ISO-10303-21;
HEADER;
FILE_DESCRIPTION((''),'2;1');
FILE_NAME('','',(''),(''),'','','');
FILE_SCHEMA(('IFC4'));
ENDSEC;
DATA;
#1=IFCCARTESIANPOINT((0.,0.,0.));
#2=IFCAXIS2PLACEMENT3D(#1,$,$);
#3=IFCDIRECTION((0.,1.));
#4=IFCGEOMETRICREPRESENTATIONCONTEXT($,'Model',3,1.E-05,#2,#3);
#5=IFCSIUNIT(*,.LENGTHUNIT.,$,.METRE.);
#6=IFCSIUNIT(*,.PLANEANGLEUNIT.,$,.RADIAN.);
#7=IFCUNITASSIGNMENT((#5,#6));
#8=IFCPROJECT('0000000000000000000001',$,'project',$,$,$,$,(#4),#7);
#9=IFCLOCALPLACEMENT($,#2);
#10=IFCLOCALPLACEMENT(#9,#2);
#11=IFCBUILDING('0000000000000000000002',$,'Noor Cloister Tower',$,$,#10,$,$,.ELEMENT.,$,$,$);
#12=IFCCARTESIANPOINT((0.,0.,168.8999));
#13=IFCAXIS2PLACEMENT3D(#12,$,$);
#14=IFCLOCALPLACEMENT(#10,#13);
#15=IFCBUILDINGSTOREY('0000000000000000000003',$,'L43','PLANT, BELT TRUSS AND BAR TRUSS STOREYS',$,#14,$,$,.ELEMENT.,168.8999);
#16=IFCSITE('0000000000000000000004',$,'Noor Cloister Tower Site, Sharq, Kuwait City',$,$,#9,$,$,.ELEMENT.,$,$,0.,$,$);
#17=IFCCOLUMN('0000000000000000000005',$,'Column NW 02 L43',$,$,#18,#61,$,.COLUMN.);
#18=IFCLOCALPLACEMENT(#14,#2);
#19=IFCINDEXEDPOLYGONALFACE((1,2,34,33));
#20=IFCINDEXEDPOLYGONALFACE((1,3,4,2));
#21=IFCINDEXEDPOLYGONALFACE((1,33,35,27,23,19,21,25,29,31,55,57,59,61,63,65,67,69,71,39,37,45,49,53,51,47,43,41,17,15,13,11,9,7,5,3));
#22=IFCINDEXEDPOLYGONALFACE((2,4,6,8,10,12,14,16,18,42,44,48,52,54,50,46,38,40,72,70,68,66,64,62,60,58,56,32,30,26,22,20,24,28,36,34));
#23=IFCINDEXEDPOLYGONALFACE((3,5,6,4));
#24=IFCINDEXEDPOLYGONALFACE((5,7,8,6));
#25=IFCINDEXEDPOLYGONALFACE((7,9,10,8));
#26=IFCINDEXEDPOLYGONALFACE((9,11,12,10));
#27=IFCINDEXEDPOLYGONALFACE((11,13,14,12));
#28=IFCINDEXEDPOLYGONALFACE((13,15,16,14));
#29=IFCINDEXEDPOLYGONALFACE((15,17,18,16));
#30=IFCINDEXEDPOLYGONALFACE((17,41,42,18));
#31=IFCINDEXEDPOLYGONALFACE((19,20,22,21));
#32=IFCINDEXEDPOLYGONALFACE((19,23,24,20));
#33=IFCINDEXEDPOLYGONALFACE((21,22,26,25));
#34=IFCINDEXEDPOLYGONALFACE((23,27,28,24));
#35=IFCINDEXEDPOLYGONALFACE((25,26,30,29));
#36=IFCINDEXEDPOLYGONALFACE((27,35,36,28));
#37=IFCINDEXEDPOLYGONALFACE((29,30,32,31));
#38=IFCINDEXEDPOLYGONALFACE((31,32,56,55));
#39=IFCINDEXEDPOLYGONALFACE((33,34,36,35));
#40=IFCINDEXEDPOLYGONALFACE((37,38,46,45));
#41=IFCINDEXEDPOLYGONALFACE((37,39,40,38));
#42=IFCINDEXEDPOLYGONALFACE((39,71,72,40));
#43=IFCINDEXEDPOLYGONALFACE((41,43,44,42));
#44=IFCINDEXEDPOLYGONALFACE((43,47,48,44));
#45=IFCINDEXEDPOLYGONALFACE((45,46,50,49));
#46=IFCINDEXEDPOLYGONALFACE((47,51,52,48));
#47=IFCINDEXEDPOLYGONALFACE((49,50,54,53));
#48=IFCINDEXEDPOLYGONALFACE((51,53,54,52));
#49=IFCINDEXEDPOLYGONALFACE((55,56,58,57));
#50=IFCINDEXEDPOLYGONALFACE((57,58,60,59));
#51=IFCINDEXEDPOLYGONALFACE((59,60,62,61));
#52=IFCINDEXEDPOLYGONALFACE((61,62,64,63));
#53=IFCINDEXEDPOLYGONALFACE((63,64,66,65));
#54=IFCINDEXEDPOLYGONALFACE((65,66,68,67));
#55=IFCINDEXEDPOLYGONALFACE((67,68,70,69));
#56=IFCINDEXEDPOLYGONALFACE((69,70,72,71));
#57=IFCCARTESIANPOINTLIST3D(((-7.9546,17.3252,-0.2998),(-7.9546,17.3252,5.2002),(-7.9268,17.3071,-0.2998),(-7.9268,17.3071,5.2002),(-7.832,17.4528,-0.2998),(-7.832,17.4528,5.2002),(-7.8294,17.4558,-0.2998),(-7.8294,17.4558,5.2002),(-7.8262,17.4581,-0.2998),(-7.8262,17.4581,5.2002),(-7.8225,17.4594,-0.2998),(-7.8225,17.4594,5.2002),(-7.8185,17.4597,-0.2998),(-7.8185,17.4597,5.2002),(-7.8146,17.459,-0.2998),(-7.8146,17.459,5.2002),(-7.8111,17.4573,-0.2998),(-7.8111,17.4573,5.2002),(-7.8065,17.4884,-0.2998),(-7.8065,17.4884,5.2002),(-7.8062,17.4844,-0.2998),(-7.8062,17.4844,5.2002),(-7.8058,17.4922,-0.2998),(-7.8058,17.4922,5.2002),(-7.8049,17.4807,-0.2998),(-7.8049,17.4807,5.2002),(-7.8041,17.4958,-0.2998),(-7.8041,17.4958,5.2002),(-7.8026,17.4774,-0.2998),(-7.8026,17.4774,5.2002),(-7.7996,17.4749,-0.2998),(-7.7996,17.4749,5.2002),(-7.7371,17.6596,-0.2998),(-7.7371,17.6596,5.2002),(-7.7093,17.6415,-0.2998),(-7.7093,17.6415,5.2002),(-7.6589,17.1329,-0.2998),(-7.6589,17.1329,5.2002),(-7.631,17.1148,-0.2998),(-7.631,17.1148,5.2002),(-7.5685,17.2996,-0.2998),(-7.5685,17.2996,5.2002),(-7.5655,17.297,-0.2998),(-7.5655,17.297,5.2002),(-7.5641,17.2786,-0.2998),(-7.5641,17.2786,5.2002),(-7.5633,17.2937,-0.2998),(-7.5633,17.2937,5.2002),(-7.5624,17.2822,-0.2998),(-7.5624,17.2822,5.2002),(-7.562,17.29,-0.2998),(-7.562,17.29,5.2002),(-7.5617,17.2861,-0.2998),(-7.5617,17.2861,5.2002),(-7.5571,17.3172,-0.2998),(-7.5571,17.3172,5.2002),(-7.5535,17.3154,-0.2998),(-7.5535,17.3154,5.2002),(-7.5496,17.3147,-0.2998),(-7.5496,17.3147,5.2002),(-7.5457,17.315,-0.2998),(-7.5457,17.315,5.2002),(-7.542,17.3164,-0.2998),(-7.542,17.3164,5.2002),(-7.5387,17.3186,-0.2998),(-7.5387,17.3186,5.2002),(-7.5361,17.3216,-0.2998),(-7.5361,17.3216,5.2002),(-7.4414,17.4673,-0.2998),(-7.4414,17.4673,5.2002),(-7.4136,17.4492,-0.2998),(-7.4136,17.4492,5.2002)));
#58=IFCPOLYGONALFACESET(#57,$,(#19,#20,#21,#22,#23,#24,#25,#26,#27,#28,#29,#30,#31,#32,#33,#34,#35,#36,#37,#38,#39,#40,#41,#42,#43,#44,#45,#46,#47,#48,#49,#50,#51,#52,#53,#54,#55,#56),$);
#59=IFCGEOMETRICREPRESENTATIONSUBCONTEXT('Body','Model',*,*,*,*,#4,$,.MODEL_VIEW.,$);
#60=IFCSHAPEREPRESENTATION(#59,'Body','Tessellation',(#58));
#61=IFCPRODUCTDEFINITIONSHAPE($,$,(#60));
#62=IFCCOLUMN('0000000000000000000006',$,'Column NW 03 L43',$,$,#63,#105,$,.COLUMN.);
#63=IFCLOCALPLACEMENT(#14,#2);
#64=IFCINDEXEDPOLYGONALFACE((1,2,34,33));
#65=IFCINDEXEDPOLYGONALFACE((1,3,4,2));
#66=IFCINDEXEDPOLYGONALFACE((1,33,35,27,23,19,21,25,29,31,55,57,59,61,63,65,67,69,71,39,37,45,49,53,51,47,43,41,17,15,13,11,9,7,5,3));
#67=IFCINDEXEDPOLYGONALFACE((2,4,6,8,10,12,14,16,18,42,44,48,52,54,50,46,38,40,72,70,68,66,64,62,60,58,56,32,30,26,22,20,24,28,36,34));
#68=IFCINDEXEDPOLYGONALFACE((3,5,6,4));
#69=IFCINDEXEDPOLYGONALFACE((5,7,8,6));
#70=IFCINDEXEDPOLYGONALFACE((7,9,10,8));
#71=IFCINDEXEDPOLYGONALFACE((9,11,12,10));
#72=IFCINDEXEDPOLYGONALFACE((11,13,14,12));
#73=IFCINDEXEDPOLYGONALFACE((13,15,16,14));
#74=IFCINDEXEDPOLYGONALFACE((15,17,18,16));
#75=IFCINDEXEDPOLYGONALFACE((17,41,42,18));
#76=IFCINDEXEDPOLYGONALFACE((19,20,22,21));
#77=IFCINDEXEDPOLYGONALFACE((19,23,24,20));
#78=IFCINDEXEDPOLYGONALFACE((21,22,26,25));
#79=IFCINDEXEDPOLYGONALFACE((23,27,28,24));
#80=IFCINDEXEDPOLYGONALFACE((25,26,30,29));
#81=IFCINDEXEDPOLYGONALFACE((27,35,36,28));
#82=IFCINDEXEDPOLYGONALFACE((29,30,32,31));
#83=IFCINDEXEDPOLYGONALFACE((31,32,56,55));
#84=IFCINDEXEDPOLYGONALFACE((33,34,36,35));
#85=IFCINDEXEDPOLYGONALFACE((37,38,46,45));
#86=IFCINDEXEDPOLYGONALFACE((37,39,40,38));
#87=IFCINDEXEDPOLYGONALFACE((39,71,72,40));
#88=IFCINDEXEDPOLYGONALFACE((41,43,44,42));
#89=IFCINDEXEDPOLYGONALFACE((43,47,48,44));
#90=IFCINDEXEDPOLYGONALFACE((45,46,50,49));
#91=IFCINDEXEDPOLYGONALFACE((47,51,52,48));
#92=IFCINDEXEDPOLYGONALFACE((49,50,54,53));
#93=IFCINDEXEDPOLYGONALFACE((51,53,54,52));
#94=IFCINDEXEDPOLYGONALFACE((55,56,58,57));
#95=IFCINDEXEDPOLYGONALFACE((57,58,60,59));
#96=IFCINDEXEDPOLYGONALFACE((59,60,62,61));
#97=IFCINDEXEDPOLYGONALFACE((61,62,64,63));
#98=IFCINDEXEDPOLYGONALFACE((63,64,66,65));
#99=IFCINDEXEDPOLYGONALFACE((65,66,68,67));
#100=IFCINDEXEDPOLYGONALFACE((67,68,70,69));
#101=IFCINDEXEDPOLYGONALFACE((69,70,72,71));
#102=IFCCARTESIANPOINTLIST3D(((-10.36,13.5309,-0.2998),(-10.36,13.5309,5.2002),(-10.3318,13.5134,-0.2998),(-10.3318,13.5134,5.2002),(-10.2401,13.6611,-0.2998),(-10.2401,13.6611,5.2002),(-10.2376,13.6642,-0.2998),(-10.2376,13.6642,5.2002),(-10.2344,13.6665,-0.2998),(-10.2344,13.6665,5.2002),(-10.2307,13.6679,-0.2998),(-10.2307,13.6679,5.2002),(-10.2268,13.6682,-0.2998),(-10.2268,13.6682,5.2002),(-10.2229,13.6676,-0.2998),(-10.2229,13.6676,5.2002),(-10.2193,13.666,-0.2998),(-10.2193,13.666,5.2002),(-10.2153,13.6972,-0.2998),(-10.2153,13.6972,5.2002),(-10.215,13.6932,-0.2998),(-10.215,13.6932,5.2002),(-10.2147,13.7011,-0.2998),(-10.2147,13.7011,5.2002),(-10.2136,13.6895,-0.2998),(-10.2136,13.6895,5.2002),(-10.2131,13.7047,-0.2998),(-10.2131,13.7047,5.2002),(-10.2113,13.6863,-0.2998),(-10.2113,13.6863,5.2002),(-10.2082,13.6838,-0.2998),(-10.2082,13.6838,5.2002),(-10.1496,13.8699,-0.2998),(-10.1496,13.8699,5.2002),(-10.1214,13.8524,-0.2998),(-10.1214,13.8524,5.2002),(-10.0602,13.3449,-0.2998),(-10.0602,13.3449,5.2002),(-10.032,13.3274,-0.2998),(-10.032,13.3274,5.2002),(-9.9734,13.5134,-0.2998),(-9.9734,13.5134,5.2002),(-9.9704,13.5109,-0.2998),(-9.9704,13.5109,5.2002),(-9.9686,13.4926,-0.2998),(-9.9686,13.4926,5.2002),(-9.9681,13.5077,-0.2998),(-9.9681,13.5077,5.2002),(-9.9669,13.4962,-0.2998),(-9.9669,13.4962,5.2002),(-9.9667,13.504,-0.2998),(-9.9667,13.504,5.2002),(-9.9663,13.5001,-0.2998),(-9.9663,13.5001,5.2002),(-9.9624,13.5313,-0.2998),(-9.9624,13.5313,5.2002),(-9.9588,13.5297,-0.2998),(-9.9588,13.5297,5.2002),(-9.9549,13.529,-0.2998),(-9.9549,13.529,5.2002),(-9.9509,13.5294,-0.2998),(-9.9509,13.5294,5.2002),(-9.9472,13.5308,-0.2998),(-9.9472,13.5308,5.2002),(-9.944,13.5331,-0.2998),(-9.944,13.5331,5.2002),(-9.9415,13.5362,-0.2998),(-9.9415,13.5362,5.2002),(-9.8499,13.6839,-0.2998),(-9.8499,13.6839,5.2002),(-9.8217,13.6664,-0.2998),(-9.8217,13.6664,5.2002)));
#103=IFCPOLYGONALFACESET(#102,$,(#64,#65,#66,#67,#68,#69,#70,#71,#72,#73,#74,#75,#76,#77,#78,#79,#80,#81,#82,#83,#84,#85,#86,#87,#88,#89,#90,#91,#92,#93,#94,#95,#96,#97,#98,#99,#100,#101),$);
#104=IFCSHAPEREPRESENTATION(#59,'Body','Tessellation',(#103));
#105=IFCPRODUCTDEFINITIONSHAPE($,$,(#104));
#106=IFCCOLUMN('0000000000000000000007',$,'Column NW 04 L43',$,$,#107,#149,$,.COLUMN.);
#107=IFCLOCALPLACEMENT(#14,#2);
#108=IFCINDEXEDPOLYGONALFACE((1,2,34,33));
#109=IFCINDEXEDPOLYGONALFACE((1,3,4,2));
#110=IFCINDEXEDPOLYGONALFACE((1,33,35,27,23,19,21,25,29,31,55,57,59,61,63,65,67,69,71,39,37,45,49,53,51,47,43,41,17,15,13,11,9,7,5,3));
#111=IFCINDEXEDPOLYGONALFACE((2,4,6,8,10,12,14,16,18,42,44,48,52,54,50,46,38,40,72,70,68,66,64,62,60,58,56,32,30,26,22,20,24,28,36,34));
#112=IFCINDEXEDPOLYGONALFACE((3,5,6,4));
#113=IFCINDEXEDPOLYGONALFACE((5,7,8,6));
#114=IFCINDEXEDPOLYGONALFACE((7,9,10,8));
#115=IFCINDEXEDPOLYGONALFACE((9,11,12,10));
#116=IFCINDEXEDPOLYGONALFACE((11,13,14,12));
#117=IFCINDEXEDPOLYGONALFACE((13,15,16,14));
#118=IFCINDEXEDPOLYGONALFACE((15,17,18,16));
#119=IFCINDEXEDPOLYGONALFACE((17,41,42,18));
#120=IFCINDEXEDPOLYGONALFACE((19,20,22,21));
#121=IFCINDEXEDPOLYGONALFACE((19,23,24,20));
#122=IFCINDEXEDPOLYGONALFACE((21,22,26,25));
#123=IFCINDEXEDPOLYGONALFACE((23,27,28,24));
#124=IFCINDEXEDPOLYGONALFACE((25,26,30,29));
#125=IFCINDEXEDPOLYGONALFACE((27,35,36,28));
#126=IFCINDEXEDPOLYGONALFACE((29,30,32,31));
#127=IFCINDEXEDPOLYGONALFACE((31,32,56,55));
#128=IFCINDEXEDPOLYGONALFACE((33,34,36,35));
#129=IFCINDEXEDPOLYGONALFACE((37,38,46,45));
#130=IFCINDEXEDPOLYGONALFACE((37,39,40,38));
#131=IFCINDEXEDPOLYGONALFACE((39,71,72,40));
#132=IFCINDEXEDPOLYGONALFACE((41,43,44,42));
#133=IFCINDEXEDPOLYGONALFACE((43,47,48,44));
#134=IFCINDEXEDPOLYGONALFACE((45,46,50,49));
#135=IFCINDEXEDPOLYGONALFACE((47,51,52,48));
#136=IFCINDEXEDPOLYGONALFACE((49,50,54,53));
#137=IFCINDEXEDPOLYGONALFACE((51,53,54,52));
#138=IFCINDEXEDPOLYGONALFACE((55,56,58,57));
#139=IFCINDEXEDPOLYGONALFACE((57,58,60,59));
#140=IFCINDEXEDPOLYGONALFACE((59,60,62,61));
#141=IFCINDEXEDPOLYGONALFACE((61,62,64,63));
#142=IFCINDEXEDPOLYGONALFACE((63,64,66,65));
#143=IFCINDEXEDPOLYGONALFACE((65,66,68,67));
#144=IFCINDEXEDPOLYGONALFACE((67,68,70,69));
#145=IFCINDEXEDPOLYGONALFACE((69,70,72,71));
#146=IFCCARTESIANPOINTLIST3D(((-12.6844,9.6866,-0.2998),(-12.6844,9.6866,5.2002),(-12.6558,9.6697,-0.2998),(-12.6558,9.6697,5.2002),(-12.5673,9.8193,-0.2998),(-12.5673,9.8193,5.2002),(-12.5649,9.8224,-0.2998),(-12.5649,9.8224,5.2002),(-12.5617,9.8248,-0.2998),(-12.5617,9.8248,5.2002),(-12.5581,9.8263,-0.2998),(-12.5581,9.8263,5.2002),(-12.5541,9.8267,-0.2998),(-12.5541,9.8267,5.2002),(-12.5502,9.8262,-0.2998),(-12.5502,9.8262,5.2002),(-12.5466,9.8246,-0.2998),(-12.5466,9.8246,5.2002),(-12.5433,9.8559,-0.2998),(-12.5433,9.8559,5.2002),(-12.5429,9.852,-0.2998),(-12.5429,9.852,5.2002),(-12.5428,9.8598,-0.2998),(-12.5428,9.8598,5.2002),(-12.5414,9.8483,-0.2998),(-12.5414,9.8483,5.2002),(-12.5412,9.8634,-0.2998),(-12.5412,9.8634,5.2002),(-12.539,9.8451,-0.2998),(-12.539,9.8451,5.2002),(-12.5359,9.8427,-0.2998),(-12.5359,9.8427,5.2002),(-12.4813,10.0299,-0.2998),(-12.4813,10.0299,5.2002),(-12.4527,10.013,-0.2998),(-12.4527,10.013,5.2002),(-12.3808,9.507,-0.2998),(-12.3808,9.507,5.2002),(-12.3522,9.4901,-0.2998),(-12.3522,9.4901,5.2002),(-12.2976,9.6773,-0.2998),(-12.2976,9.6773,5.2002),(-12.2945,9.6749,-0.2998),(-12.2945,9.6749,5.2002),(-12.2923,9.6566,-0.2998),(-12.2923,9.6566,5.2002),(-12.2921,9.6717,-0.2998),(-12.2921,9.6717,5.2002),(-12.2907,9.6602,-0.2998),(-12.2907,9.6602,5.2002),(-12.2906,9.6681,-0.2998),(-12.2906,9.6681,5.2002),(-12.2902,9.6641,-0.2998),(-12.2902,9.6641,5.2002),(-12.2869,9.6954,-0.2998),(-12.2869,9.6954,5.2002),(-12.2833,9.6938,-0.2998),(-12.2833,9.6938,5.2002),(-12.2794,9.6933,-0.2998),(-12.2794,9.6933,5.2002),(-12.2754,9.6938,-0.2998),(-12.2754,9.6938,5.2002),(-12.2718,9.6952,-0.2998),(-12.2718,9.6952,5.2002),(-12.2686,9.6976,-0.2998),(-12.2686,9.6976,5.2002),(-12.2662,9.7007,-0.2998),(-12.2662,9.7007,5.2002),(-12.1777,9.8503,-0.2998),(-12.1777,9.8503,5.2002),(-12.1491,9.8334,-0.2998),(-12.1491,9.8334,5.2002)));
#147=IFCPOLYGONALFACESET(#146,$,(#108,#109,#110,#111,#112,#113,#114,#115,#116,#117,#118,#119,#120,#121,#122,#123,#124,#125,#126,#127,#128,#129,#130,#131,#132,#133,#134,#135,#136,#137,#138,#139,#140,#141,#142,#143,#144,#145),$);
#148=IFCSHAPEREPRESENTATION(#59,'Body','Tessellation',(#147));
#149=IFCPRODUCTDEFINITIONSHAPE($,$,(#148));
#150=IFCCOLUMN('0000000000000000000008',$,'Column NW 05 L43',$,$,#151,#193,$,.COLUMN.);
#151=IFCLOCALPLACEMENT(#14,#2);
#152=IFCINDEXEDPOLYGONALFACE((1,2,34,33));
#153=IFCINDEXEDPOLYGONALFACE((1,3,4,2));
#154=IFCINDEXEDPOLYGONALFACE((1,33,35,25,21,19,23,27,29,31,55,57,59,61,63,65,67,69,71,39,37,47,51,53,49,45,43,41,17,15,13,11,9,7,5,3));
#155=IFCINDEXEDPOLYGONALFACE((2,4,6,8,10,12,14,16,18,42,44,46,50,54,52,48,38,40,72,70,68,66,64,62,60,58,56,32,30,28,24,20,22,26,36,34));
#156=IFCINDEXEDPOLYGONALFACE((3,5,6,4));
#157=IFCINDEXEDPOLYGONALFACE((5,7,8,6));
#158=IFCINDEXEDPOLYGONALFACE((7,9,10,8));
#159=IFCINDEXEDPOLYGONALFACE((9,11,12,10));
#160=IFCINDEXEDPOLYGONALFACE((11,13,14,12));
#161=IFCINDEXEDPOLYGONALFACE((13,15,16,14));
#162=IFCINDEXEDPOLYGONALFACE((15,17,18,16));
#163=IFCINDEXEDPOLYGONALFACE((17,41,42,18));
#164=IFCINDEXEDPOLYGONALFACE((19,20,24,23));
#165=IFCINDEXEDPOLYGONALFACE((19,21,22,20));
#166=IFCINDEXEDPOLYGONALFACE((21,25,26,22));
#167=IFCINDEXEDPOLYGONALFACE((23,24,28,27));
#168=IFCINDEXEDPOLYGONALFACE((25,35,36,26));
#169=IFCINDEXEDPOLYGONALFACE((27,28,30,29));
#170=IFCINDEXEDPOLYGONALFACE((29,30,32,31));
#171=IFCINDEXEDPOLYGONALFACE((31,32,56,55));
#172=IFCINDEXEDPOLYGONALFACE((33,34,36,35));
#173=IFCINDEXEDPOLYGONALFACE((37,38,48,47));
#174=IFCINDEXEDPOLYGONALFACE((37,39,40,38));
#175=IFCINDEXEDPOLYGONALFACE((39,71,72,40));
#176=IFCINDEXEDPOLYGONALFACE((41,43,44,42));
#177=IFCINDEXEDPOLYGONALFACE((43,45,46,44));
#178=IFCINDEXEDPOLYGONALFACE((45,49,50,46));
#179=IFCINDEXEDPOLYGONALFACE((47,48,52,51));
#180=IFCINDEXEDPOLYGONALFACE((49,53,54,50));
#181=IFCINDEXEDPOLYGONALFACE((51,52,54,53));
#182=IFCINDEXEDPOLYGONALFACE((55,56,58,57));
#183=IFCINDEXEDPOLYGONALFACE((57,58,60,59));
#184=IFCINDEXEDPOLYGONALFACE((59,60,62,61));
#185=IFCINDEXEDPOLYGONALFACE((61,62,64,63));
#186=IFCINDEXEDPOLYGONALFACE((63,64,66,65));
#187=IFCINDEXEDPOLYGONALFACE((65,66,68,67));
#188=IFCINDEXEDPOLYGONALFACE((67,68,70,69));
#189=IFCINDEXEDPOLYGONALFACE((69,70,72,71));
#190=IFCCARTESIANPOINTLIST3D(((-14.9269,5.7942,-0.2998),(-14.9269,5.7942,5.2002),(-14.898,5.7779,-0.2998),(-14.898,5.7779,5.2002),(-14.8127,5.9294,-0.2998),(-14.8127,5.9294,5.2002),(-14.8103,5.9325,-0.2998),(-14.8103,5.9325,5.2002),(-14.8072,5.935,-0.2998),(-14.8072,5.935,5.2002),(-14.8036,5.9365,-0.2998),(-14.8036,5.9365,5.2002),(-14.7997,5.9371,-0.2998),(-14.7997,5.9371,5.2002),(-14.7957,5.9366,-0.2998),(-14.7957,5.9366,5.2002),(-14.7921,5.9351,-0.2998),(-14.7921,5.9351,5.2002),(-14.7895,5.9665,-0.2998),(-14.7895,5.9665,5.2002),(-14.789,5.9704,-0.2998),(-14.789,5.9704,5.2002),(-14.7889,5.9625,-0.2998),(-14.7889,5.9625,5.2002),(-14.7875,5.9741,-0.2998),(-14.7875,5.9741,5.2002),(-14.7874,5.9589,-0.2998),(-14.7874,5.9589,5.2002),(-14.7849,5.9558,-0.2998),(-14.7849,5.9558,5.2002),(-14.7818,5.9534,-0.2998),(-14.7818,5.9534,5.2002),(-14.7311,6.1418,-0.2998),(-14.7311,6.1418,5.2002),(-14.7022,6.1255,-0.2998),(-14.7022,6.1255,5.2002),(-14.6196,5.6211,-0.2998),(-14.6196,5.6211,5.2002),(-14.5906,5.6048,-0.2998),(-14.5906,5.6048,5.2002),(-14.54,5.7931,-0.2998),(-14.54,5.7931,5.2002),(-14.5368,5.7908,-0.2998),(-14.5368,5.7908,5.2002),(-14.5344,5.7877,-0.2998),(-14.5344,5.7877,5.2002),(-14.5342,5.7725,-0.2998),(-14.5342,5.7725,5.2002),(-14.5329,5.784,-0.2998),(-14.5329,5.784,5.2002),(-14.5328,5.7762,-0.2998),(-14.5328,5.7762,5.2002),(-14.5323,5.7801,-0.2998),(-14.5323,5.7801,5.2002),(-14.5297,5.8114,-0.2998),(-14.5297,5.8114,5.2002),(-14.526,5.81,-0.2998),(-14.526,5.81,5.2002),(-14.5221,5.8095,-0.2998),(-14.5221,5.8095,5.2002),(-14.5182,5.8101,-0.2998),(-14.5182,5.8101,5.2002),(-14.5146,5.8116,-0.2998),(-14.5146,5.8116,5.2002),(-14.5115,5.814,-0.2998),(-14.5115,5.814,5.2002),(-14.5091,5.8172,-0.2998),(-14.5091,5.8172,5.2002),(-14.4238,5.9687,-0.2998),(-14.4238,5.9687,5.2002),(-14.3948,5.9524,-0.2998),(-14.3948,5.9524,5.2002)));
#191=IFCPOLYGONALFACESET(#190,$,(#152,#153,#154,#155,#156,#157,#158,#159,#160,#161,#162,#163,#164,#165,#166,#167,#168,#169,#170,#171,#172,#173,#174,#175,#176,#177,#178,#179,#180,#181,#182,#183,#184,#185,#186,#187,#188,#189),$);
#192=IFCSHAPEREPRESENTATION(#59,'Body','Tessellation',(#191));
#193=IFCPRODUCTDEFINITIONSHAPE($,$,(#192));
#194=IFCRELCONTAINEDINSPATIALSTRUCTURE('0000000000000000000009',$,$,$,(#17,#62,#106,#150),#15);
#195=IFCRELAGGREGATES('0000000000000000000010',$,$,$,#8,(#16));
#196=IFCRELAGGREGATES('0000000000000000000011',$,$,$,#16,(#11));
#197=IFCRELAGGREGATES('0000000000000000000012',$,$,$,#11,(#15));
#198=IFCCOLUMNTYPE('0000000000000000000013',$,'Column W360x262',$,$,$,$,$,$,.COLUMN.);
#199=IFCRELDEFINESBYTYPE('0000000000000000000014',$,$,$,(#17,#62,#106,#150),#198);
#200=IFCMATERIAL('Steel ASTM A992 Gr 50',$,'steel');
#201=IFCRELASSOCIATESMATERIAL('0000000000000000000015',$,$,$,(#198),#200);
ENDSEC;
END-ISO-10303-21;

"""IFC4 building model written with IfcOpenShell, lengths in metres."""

from ifc_helpers import new_model, si_unit, direction, frame, origin, origin_2d, place, context, subcontext, project, spatial, i_section, extrude, material, material_profile, profile_set, type_object, element, save


model = new_model("IFC4")

# Units and contexts
model_context = context("Model", 3, precision=1e-05, world=origin(), true_north=direction((0.0, 1.0)))
body_context = subcontext(model_context, "Body", "Model", "MODEL_VIEW")
ifc_project = project(units=[si_unit("LENGTHUNIT", "METRE"), si_unit("PLANEANGLEUNIT", "RADIAN")], contexts=[model_context])

# Site, building, storey
site_placement = place(None, origin())
site = spatial("IfcSite", under=ifc_project, at=site_placement, Name="Noor Cloister Tower Site, Sharq, Kuwait City", CompositionType="ELEMENT", RefElevation=0.0)
building_placement = place(site_placement, origin())
building = spatial("IfcBuilding", under=site, at=building_placement, Name="Noor Cloister Tower", CompositionType="ELEMENT")
storey_placement = place(building_placement, frame((0.0, 0.0, 168.8999)))
storey = spatial("IfcBuildingStorey", under=building, at=storey_placement, Name="L43", Description="PLANT, BELT TRUSS AND BAR TRUSS STOREYS", CompositionType="ELEMENT", Elevation=168.8999)

# Columns
ifc_material_1 = material(Name="Steel ASTM A992 Gr 50", Category="steel")
ifc_material_profile_1 = material_profile(ifc_material_1, i_section(OverallWidth=0.3989, OverallDepth=0.386, WebThickness=0.021, FlangeThickness=0.0332, FilletRadius=0.0151, at=origin_2d()), Name="W360x262")
ifc_profile_set_1 = profile_set([ifc_material_profile_1], Name="Steel ASTM A992 Gr 50")
column_type = type_object("IfcColumnType", Name="Column W360x262", PredefinedType="COLUMN", material=ifc_profile_set_1)
for number, where, z_axis, x_axis, name in (
    (1, (-7.6841, 17.3872, -0.2998), (0.0, 0.0, 1.0), (-0.545137, -0.838347, 0.0), "Column NW 02 L43"),
    (2, (-10.0908, 13.5986, -0.2998), (0.0, 0.0, 1.0), (-0.527259, -0.849705, 0.0), "Column NW 03 L43"),
    (3, (-12.4167, 9.76, -0.2998), (0.0, 0.0, 1.0), (-0.509144, -0.860682, 0.0), "Column NW 04 L43"),
    (4, (-14.6609, 5.8733, -0.2998), (0.0, 0.0, 1.0), (-0.4908, -0.871272, 0.0), "Column NW 05 L43"),
):
    element("IfcColumn", number, at=place(storey_placement, frame(where, z_axis=z_axis, x_axis=x_axis)), inside=storey, type_object=column_type, Name=name, PredefinedType="COLUMN", context=body_context, shape_type="SweptSolid", body=[
        extrude(i_section(OverallWidth=0.3989, OverallDepth=0.386, WebThickness=0.021, FlangeThickness=0.0332, FilletRadius=0.0151, at=origin_2d()), origin(), (0.0, 0.0, 1.0), 5.5),
    ])

save(model, "model.ifc")
